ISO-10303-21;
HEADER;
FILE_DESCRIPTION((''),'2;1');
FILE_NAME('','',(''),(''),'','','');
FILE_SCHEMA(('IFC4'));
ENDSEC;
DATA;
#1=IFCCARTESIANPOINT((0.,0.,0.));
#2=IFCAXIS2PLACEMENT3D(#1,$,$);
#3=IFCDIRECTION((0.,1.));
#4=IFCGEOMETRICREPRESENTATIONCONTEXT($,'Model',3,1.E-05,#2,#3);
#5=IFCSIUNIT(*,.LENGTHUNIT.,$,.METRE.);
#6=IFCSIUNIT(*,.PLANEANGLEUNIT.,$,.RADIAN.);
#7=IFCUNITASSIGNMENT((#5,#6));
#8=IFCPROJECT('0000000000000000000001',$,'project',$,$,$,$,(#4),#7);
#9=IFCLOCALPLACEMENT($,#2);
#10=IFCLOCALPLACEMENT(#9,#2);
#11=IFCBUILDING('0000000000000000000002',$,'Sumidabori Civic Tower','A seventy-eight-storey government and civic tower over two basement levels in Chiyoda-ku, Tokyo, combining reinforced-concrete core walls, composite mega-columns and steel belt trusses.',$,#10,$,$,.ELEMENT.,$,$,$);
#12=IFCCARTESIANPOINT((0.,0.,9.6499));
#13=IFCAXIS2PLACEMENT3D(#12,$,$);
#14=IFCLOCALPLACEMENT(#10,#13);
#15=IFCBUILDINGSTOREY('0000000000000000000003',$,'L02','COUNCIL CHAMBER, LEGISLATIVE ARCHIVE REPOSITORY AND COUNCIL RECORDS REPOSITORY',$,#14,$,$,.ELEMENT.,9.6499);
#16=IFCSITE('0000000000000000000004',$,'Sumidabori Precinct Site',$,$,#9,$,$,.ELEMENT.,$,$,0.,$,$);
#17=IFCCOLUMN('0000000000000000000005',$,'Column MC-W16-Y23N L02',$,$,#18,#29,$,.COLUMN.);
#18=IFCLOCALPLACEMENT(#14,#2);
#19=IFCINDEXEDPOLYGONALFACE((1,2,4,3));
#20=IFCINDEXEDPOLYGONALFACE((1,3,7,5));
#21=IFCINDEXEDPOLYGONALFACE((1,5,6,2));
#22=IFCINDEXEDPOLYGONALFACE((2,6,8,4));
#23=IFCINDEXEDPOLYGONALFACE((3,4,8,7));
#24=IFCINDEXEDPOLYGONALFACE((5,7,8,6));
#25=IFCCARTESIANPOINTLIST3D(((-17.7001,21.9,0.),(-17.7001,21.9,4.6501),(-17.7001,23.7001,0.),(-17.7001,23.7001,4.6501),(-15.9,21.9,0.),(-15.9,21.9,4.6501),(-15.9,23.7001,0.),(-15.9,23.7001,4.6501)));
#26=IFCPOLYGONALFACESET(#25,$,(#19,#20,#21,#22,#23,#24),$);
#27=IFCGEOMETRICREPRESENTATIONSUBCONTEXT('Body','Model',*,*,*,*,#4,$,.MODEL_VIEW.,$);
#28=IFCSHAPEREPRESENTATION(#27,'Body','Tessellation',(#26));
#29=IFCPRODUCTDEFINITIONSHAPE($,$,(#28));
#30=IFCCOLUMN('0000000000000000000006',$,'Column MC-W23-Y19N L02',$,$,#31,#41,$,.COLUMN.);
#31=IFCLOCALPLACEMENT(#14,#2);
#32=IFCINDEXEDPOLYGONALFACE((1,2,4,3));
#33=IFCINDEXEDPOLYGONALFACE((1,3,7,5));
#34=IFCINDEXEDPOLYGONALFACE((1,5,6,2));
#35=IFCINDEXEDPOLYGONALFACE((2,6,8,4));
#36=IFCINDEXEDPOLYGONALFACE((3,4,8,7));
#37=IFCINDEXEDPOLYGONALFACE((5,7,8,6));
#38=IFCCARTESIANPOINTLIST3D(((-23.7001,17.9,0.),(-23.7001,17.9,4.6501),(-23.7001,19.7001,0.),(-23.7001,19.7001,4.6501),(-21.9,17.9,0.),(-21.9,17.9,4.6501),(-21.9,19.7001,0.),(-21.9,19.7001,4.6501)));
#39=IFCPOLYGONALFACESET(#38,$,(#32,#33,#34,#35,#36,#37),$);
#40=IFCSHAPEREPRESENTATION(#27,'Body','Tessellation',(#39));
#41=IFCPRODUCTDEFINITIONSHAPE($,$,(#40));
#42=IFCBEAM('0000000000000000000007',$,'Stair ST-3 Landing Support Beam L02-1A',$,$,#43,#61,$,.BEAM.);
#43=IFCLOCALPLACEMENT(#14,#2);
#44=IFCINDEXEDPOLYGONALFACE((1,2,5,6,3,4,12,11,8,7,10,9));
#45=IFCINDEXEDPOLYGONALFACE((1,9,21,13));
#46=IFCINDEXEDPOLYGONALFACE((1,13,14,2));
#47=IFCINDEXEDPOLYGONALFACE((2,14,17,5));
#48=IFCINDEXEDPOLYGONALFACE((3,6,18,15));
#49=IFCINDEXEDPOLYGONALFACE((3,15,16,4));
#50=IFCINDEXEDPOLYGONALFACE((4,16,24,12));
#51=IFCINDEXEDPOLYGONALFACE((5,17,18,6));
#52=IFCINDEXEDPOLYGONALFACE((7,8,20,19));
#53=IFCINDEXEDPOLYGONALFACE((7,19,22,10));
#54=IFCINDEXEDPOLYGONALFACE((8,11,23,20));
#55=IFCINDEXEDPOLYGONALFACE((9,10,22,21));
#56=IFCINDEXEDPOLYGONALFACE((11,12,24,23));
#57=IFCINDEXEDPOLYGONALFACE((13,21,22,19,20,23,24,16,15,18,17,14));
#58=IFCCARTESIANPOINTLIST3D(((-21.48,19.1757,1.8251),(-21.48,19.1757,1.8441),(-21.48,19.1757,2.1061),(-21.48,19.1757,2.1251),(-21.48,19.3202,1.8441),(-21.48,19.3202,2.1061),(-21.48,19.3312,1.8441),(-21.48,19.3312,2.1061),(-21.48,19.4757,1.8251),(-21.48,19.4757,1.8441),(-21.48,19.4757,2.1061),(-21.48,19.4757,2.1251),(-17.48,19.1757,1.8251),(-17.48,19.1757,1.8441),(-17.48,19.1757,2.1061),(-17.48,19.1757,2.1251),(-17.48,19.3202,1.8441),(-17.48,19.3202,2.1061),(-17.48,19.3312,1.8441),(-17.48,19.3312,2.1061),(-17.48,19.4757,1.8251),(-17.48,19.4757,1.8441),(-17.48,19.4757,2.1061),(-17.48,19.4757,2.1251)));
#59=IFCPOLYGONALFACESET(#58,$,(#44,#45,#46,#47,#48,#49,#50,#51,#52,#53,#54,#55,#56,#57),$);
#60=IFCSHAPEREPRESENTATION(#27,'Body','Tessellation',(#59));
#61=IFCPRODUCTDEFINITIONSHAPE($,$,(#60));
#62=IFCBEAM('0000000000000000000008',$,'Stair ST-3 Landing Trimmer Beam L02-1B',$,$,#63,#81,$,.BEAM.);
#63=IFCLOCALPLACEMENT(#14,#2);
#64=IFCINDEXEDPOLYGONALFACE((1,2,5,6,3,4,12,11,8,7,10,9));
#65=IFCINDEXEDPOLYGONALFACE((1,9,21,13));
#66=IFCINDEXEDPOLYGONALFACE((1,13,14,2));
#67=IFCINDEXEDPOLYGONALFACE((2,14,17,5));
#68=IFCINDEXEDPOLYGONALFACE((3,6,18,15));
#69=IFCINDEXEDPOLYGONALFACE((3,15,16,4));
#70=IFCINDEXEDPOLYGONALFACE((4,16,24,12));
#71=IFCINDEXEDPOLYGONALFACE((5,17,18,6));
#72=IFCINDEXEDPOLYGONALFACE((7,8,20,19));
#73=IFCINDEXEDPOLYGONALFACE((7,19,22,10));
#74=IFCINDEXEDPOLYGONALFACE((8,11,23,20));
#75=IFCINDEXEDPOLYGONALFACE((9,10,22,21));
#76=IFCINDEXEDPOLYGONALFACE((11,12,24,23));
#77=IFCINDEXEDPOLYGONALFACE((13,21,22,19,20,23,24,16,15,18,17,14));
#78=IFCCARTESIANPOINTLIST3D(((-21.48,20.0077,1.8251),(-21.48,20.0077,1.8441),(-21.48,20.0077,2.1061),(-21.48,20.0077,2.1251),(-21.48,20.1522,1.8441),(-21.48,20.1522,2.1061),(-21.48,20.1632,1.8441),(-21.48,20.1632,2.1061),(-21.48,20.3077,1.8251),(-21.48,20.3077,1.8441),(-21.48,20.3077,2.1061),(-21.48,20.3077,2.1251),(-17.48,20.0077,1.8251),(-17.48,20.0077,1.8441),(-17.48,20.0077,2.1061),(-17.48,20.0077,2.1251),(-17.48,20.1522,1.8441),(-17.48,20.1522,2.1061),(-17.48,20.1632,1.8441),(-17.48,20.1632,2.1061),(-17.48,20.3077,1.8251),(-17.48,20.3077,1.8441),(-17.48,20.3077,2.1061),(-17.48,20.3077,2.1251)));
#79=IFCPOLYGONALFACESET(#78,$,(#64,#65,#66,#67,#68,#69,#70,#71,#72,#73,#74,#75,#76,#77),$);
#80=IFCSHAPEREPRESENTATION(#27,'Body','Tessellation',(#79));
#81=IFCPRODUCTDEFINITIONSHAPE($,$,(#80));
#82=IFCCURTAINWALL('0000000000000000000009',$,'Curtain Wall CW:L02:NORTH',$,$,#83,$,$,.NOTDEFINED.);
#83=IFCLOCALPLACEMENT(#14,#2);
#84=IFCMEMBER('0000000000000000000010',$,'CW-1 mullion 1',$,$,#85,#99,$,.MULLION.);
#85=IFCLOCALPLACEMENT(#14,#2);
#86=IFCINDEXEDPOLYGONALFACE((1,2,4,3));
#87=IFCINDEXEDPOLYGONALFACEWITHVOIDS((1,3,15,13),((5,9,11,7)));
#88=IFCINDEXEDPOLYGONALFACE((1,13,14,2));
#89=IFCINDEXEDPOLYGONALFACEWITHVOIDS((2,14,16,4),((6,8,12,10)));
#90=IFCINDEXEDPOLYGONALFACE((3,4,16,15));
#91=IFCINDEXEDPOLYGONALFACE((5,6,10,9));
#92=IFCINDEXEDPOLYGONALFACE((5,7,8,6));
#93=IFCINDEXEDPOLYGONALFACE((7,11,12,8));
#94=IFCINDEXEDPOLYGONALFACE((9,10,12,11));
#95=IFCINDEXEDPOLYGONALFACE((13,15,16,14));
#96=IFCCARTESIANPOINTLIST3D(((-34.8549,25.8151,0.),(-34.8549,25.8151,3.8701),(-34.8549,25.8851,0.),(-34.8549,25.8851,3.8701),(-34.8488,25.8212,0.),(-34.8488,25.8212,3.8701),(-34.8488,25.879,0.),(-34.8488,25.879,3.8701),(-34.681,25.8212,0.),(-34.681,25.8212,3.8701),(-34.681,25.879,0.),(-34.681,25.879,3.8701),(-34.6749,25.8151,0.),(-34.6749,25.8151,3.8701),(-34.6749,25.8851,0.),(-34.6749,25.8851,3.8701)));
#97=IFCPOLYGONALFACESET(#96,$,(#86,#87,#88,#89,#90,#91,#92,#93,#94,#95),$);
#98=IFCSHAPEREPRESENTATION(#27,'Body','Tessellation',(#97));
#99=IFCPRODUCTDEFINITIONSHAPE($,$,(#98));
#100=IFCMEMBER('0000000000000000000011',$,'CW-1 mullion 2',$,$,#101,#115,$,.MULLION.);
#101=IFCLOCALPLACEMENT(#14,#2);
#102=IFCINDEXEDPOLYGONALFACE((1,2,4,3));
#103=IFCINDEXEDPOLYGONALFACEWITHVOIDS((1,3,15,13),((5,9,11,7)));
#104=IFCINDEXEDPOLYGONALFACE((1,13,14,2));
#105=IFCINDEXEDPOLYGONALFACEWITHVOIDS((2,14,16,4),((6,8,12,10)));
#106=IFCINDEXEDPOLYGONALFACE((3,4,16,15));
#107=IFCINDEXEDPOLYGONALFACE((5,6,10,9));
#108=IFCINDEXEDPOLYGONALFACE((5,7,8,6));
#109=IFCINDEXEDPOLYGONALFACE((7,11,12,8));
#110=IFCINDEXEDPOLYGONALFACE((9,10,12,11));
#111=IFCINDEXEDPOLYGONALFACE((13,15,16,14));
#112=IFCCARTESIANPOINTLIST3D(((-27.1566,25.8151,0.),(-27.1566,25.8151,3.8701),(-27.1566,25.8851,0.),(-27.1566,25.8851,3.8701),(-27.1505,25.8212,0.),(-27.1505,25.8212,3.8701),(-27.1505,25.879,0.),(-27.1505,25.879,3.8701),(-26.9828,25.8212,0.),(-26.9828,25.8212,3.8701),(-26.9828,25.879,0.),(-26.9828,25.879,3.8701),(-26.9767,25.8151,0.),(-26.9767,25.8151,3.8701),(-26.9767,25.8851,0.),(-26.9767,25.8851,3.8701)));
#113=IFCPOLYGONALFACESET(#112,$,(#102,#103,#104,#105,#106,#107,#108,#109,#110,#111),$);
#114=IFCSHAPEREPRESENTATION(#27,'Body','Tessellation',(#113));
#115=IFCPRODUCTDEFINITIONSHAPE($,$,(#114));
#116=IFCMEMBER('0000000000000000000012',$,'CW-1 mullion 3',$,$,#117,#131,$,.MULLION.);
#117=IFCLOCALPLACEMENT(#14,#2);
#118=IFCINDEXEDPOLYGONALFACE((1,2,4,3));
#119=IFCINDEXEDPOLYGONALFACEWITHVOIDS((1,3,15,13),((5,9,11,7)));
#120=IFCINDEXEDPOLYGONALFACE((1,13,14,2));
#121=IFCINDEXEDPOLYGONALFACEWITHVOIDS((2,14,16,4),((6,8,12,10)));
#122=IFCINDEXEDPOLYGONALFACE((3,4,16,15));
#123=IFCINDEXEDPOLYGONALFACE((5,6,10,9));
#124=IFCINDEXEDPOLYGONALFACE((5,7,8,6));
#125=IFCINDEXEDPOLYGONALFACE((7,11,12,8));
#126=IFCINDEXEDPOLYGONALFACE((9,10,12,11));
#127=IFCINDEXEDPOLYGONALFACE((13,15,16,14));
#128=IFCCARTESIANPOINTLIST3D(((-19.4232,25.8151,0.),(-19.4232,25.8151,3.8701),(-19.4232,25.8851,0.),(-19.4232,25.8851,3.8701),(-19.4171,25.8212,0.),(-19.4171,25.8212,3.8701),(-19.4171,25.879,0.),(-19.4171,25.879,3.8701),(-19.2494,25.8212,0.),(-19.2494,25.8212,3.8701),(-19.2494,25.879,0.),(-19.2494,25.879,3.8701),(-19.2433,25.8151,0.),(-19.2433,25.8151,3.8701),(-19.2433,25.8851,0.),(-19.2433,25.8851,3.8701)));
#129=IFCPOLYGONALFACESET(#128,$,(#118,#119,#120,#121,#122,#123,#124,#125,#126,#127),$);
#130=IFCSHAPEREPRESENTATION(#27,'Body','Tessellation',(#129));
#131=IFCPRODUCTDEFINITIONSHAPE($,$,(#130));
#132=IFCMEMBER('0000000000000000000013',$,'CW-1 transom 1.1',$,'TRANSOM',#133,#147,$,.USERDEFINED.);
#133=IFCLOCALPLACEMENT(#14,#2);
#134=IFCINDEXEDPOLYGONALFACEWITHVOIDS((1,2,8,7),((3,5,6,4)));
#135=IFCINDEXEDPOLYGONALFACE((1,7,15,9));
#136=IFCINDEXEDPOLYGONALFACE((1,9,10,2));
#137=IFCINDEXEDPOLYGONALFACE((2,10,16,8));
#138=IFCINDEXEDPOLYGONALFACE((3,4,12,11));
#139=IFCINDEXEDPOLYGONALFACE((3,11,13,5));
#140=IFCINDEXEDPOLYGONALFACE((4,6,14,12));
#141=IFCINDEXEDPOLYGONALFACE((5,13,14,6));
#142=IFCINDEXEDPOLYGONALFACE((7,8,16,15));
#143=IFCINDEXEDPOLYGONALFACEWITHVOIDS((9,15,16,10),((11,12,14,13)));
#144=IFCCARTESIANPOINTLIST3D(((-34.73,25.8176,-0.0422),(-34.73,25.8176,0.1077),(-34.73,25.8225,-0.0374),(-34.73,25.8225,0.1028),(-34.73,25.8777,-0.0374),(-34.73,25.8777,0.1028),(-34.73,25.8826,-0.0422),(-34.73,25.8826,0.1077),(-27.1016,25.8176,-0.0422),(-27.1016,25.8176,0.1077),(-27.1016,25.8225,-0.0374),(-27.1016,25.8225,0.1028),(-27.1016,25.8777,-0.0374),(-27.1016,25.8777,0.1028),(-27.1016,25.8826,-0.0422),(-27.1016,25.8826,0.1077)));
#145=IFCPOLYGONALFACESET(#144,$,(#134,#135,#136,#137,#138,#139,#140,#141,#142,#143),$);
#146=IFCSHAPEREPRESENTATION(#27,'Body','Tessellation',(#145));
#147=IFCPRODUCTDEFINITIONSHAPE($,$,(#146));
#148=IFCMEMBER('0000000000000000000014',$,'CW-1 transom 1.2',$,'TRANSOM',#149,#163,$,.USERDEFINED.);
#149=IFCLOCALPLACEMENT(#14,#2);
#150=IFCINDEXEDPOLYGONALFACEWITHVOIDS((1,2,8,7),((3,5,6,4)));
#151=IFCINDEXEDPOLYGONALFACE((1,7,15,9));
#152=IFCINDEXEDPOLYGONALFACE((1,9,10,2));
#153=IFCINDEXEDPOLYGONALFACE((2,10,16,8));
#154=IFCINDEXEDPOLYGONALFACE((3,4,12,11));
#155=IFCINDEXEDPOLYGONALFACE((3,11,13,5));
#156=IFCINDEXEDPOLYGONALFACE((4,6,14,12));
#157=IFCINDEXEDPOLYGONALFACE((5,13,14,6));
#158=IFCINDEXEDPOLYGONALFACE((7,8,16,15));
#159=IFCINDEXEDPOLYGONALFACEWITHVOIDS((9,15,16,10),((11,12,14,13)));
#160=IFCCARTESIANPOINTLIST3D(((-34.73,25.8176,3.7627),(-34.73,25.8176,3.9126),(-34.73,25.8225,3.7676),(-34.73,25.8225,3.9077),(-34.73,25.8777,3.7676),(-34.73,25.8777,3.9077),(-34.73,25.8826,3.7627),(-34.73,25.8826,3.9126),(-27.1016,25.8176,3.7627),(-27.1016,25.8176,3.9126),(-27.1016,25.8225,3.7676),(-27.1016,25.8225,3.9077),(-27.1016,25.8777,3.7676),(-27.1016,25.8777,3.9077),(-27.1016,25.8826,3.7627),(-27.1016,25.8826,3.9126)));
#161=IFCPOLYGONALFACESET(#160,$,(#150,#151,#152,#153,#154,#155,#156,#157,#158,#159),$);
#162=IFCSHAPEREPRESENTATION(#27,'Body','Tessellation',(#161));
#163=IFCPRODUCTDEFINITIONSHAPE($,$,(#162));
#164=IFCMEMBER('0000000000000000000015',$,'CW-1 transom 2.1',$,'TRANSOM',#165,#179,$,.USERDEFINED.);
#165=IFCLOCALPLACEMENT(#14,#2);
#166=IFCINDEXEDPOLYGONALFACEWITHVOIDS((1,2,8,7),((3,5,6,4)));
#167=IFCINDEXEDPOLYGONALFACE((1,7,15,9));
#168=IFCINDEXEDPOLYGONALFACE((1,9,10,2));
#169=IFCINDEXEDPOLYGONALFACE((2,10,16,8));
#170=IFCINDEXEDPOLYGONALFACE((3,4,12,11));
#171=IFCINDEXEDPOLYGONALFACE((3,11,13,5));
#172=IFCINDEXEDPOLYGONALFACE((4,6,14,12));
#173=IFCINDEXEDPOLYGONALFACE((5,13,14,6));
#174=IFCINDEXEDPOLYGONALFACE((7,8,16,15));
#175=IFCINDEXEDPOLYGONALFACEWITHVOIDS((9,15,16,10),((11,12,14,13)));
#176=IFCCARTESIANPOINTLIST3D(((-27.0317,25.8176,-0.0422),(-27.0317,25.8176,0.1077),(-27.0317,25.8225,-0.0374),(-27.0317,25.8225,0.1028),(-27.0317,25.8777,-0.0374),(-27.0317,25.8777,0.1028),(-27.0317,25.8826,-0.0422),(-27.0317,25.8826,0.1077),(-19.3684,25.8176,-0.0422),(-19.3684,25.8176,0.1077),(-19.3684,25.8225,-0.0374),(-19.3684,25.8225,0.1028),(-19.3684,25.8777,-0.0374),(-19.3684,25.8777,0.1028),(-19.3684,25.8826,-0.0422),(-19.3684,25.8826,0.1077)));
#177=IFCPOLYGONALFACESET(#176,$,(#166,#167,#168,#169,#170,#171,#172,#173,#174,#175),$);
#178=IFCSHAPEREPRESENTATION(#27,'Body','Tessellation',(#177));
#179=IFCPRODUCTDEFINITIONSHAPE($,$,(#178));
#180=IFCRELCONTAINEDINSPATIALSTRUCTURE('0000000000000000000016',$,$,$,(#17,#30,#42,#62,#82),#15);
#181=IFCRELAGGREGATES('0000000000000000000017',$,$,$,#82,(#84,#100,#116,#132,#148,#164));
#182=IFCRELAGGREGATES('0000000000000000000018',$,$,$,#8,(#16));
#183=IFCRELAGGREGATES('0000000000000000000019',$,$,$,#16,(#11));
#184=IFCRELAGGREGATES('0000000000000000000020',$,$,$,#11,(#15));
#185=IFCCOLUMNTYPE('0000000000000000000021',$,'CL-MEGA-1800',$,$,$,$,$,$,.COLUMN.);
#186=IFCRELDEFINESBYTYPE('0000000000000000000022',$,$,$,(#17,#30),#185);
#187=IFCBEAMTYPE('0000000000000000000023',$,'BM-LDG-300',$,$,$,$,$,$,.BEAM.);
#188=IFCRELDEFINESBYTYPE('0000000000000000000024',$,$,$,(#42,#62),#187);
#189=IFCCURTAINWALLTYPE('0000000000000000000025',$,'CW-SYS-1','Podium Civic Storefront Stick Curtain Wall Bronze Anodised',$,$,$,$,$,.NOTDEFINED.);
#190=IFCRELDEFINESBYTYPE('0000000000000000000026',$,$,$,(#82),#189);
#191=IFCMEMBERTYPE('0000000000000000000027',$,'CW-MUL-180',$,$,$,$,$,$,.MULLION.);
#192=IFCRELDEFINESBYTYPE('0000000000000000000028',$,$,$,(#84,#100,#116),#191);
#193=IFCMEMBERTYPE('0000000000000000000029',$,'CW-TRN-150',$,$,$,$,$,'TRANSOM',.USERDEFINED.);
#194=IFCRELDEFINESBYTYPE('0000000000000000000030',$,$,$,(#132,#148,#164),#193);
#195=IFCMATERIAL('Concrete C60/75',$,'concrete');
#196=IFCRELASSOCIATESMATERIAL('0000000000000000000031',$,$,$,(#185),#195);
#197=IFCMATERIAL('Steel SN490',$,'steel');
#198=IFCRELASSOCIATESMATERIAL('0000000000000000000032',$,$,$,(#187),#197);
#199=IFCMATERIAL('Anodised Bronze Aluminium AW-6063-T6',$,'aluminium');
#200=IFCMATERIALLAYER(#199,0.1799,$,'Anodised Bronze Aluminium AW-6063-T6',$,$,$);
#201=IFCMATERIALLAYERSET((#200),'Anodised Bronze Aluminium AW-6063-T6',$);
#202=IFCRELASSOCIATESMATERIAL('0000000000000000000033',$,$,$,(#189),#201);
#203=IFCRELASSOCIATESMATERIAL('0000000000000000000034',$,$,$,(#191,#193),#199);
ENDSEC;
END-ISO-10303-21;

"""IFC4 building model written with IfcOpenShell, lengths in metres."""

from ifc_helpers import new_model, si_unit, direction, frame, origin, origin_2d, place, context, subcontext, project, spatial, rectangle, hollow_rectangle, i_section, extrude, source, transform, mapped, material, layer, layer_set, material_profile, profile_set, type_object, element, aggregate, save


model = new_model("IFC4")

# Units and contexts
model_context = context("Model", 3, precision=1e-05, world=origin(), true_north=direction((0.0, 1.0)))
body_context = subcontext(model_context, "Body", "Model", "MODEL_VIEW")
ifc_project = project(units=[si_unit("LENGTHUNIT", "METRE"), si_unit("PLANEANGLEUNIT", "RADIAN")], contexts=[model_context])

# Site, building, storey
site_placement = place(None, origin())
site = spatial("IfcSite", under=ifc_project, at=site_placement, Name="Sumidabori Precinct Site", CompositionType="ELEMENT", RefElevation=0.0)
building_placement = place(site_placement, origin())
building = spatial("IfcBuilding", under=site, at=building_placement, Name="Sumidabori Civic Tower", Description="A seventy-eight-storey government and civic tower over two basement levels in Chiyoda-ku, Tokyo, combining reinforced-concrete core walls, composite mega-columns and steel belt trusses.", CompositionType="ELEMENT")
storey_placement = place(building_placement, frame((0.0, 0.0, 9.6499)))
storey = spatial("IfcBuildingStorey", under=building, at=storey_placement, Name="L02", Description="COUNCIL CHAMBER, LEGISLATIVE ARCHIVE REPOSITORY AND COUNCIL RECORDS REPOSITORY", CompositionType="ELEMENT", Elevation=9.6499)

# Columns
ifc_material_1 = material(Name="Concrete C60/75", Category="concrete")
ifc_material_profile_1 = material_profile(ifc_material_1, rectangle(XDim=1.8, YDim=1.8, at=origin_2d()), Name="RC 1800x1800")
ifc_profile_set_1 = profile_set([ifc_material_profile_1], Name="Concrete C60/75")
column_type = type_object("IfcColumnType", Name="CL-MEGA-1800", PredefinedType="COLUMN", material=ifc_profile_set_1)
shared_shape_1 = source(origin(), body_context, "Body", "SweptSolid", [
    extrude(rectangle(XDim=1.8, YDim=1.8, at=origin_2d()), origin(), (0.0, 0.0, 1.0), 4.6501),
])
for number, where, z_axis, x_axis, name in (
    (1, (-16.8, 22.8, 0.0), (0.0, 0.0, 1.0), (1.0, 0.0, 0.0), "Column MC-W16-Y23N L02"),
    (2, (-22.8, 18.8, 0.0), (0.0, 0.0, 1.0), (1.0, 0.0, 0.0), "Column MC-W23-Y19N L02"),
):
    element("IfcColumn", number, at=place(storey_placement, frame(where, z_axis=z_axis, x_axis=x_axis)), inside=storey, type_object=column_type, Name=name, PredefinedType="COLUMN", context=body_context, shape_type="MappedRepresentation", body=[
        mapped(shared_shape_1, transform((0.0, 0.0, 0.0), x_axis=(1.0, 0.0, 0.0), y_axis=(0.0, 1.0, 0.0), z_axis=(0.0, 0.0, 1.0), scale=1.0)),
    ])

# Beams
ifc_material_2 = material(Name="Steel SN490", Category="steel")
ifc_material_profile_2 = material_profile(ifc_material_2, i_section(OverallWidth=0.3, OverallDepth=0.3, WebThickness=0.011, FlangeThickness=0.019, at=origin_2d()), Name="HE 300 B")
ifc_profile_set_2 = profile_set([ifc_material_profile_2], Name="Steel SN490")
beam_type = type_object("IfcBeamType", Name="BM-LDG-300", PredefinedType="BEAM", material=ifc_profile_set_2)
shared_shape_2 = source(origin(), body_context, "Body", "SweptSolid", [
    extrude(i_section(OverallWidth=0.3, OverallDepth=0.3, WebThickness=0.011, FlangeThickness=0.019, at=origin_2d()), origin(), (0.0, 0.0, 1.0), 4.0),
])
for number, where, z_axis, x_axis, name in (
    (3, (-21.48, 19.3257, 1.9751), (1.0, 0.0, 0.0), (0.0, 1.0, 0.0), "Stair ST-3 Landing Support Beam L02-1A"),
    (4, (-21.48, 20.1577, 1.9751), (1.0, 0.0, 0.0), (0.0, 1.0, 0.0), "Stair ST-3 Landing Trimmer Beam L02-1B"),
):
    element("IfcBeam", number, at=place(storey_placement, frame(where, z_axis=z_axis, x_axis=x_axis)), inside=storey, type_object=beam_type, Name=name, PredefinedType="BEAM", context=body_context, shape_type="MappedRepresentation", body=[
        mapped(shared_shape_2, transform((0.0, 0.0, 0.0), x_axis=(1.0, 0.0, 0.0), y_axis=(0.0, 1.0, 0.0), z_axis=(0.0, 0.0, 1.0), scale=1.0)),
    ])

# Curtain wall, members
ifc_material_3 = material(Name="Anodised Bronze Aluminium AW-6063-T6", Category="aluminium")
ifc_layer_1 = layer(ifc_material_3, 0.1799, Name="Anodised Bronze Aluminium AW-6063-T6")
ifc_layer_set_1 = layer_set([ifc_layer_1], Name="Anodised Bronze Aluminium AW-6063-T6")
curtain_wall_type = type_object("IfcCurtainWallType", Name="CW-SYS-1", Description="Podium Civic Storefront Stick Curtain Wall Bronze Anodised", PredefinedType="NOTDEFINED", material=ifc_layer_set_1)
curtain_wall_placement = place(storey_placement, origin())
curtain_wall = element("IfcCurtainWall", 5, at=curtain_wall_placement, inside=storey, type_object=curtain_wall_type, Name="Curtain Wall CW:L02:NORTH", PredefinedType="NOTDEFINED")
ifc_material_profile_3 = material_profile(ifc_material_3, hollow_rectangle(XDim=0.0701, YDim=0.1799, WallThickness=0.0061, at=origin_2d()), Name="ALU MULLION 180x70")
ifc_profile_set_3 = profile_set([ifc_material_profile_3], Name="Anodised Bronze Aluminium AW-6063-T6")
member_type_1 = type_object("IfcMemberType", Name="CW-MUL-180", PredefinedType="MULLION", material=ifc_profile_set_3)
shared_shape_3 = source(origin(), body_context, "Body", "SweptSolid", [
    extrude(hollow_rectangle(XDim=0.0701, YDim=0.1799, WallThickness=0.0061, at=origin_2d()), origin(), (0.0, 0.0, 1.0), 3.8701),
])
member_1_placement = place(storey_placement, frame((-34.7649, 25.8501, 0.0), z_axis=(0.0, 0.0, 1.0), x_axis=(0.0, 1.0, 0.0)))
member_1 = element("IfcMember", 6, at=member_1_placement, type_object=member_type_1, Name="CW-1 mullion 1", PredefinedType="MULLION", context=body_context, shape_type="MappedRepresentation", body=[
    mapped(shared_shape_3, transform((0.0, 0.0, 0.0), x_axis=(1.0, 0.0, 0.0), y_axis=(0.0, 1.0, 0.0), z_axis=(0.0, 0.0, 1.0), scale=1.0)),
])
member_2_placement = place(storey_placement, frame((-27.0667, 25.8501, 0.0), z_axis=(0.0, 0.0, 1.0), x_axis=(0.0, 1.0, 0.0)))
member_2 = element("IfcMember", 7, at=member_2_placement, type_object=member_type_1, Name="CW-1 mullion 2", PredefinedType="MULLION", context=body_context, shape_type="MappedRepresentation", body=[
    mapped(shared_shape_3, transform((0.0, 0.0, 0.0), x_axis=(1.0, 0.0, 0.0), y_axis=(0.0, 1.0, 0.0), z_axis=(0.0, 0.0, 1.0), scale=1.0)),
])
member_3_placement = place(storey_placement, frame((-19.3333, 25.8501, 0.0), z_axis=(0.0, 0.0, 1.0), x_axis=(0.0, 1.0, 0.0)))
member_3 = element("IfcMember", 8, at=member_3_placement, type_object=member_type_1, Name="CW-1 mullion 3", PredefinedType="MULLION", context=body_context, shape_type="MappedRepresentation", body=[
    mapped(shared_shape_3, transform((0.0, 0.0, 0.0), x_axis=(1.0, 0.0, 0.0), y_axis=(0.0, 1.0, 0.0), z_axis=(0.0, 0.0, 1.0), scale=1.0)),
])
ifc_material_profile_4 = material_profile(ifc_material_3, hollow_rectangle(XDim=0.0649, YDim=0.1499, WallThickness=0.0049, at=origin_2d()), Name="ALU TRANSOM 150x65")
ifc_profile_set_4 = profile_set([ifc_material_profile_4], Name="Anodised Bronze Aluminium AW-6063-T6")
member_type_2 = type_object("IfcMemberType", Name="CW-TRN-150", ElementType="TRANSOM", PredefinedType="USERDEFINED", material=ifc_profile_set_4)
shared_shape_4 = source(origin(), body_context, "Body", "SweptSolid", [
    extrude(hollow_rectangle(XDim=0.0649, YDim=0.1499, WallThickness=0.0049, at=origin_2d()), origin(), (0.0, 0.0, 1.0), 7.6284),
])
member_4_placement = place(storey_placement, frame((-34.73, 25.8501, 0.0327), z_axis=(1.0, 0.0, 0.0), x_axis=(0.0, 1.0, 0.0)))
member_4 = element("IfcMember", 9, at=member_4_placement, type_object=member_type_2, Name="CW-1 transom 1.1", ObjectType="TRANSOM", PredefinedType="USERDEFINED", context=body_context, shape_type="MappedRepresentation", body=[
    mapped(shared_shape_4, transform((0.0, 0.0, 0.0), x_axis=(1.0, 0.0, 0.0), y_axis=(0.0, 1.0, 0.0), z_axis=(0.0, 0.0, 1.0), scale=1.0)),
])
member_5_placement = place(storey_placement, frame((-34.73, 25.8501, 3.8376), z_axis=(1.0, 0.0, 0.0), x_axis=(0.0, 1.0, 0.0)))
member_5 = element("IfcMember", 10, at=member_5_placement, type_object=member_type_2, Name="CW-1 transom 1.2", ObjectType="TRANSOM", PredefinedType="USERDEFINED", context=body_context, shape_type="MappedRepresentation", body=[
    mapped(shared_shape_4, transform((0.0, 0.0, 0.0), x_axis=(1.0, 0.0, 0.0), y_axis=(0.0, 1.0, 0.0), z_axis=(0.0, 0.0, 1.0), scale=1.0)),
])
shared_shape_5 = source(origin(), body_context, "Body", "SweptSolid", [
    extrude(hollow_rectangle(XDim=0.0649, YDim=0.1499, WallThickness=0.0049, at=origin_2d()), origin(), (0.0, 0.0, 1.0), 7.6633),
])
member_6_placement = place(storey_placement, frame((-27.0317, 25.8501, 0.0327), z_axis=(1.0, 0.0, 0.0), x_axis=(0.0, 1.0, 0.0)))
member_6 = element("IfcMember", 11, at=member_6_placement, type_object=member_type_2, Name="CW-1 transom 2.1", ObjectType="TRANSOM", PredefinedType="USERDEFINED", context=body_context, shape_type="MappedRepresentation", body=[
    mapped(shared_shape_5, transform((0.0, 0.0, 0.0), x_axis=(1.0, 0.0, 0.0), y_axis=(0.0, 1.0, 0.0), z_axis=(0.0, 0.0, 1.0), scale=1.0)),
])
aggregate(curtain_wall, [member_1, member_2, member_3, member_4, member_5, member_6])

save(model, "model.ifc")
